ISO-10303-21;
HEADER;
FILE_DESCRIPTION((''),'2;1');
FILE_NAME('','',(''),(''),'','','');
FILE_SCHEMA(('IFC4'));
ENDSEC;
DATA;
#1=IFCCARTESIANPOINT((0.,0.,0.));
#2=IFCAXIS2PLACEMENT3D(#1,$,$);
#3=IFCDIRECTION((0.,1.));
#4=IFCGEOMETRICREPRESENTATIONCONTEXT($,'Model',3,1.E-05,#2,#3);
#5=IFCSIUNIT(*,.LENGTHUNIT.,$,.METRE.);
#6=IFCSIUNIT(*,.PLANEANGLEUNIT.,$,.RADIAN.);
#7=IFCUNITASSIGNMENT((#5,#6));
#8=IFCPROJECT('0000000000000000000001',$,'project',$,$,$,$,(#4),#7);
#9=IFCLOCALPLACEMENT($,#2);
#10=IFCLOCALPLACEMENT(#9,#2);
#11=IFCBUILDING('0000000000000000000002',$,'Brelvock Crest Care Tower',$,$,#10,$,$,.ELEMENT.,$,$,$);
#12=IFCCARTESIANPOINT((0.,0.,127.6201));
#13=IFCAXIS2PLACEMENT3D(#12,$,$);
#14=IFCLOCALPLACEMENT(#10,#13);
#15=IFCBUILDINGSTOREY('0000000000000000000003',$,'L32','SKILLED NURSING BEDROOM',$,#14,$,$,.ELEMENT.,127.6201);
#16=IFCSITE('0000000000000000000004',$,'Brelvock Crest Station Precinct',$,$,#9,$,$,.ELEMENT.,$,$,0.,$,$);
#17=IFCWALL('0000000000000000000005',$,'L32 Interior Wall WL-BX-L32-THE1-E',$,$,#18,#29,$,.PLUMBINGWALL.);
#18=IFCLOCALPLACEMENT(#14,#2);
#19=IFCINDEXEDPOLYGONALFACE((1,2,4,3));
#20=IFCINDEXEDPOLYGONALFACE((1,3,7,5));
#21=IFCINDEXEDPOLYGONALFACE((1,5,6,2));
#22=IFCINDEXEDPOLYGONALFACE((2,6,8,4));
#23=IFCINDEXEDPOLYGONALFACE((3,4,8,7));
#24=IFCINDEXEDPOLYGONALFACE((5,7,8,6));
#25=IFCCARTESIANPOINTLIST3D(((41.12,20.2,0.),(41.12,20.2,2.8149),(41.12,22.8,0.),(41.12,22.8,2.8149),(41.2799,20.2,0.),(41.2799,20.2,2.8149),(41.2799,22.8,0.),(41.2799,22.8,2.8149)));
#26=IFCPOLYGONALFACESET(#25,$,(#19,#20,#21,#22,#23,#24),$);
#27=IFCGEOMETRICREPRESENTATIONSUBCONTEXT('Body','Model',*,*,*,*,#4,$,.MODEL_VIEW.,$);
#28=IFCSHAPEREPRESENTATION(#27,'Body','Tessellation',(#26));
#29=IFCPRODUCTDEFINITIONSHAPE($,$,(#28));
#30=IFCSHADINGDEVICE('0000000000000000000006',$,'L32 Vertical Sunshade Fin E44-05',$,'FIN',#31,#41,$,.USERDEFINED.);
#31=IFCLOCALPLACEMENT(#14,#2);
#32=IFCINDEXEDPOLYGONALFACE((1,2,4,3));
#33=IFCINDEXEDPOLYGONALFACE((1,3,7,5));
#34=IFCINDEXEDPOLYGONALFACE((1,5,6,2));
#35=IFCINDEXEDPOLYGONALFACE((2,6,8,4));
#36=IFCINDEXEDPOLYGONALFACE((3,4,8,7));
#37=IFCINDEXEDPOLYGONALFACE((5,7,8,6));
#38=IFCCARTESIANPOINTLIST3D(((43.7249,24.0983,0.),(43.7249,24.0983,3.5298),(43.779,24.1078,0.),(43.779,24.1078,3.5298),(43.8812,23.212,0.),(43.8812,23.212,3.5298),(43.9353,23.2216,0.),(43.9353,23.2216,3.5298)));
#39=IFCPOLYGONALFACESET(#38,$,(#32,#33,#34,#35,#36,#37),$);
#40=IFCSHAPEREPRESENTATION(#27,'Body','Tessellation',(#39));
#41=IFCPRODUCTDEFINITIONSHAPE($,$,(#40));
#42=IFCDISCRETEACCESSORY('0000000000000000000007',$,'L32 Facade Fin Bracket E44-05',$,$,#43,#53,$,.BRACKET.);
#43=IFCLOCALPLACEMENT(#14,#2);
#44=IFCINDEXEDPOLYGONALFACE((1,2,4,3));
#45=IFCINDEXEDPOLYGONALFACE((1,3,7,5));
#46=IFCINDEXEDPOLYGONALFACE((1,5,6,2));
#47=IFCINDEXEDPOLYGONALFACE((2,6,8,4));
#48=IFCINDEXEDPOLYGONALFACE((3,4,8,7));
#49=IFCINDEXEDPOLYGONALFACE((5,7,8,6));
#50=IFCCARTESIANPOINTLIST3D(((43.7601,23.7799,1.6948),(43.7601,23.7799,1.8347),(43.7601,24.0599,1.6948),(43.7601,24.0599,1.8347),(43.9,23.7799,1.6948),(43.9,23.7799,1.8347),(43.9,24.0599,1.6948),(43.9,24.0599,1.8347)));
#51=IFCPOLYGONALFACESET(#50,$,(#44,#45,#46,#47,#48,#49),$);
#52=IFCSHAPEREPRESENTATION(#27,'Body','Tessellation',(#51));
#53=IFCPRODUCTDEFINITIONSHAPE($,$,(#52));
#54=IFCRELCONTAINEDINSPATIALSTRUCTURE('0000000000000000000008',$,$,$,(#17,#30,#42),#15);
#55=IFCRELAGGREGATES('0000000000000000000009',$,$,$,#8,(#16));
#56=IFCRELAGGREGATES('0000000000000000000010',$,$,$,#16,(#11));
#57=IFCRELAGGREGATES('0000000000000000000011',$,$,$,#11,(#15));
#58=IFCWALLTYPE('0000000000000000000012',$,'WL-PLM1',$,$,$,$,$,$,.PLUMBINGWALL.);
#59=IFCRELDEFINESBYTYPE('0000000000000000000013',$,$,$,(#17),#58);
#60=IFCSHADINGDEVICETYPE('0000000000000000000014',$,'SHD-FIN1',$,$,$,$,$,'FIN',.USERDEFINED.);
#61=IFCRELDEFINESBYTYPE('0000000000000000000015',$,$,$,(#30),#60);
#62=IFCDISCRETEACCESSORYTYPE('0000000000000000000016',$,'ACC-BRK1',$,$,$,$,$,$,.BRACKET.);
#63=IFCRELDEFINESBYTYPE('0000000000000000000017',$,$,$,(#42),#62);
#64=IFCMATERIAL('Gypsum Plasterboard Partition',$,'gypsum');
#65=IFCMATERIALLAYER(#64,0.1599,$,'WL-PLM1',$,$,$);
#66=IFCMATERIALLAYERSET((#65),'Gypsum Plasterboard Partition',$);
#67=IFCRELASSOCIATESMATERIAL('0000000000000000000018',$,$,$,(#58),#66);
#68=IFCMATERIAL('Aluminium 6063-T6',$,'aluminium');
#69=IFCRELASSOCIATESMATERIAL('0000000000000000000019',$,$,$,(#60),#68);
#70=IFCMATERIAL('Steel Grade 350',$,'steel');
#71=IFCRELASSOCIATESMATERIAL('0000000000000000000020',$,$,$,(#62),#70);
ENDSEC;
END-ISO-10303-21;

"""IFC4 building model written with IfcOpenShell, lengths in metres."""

from ifc_helpers import new_model, si_unit, direction, frame, frame_2d, origin, origin_2d, place, context, subcontext, project, spatial, rectangle, extrude, source, transform, mapped, material, layer, layer_set, material_profile, profile_set, type_object, element, save


model = new_model("IFC4")

# Units and contexts
model_context = context("Model", 3, precision=1e-05, world=origin(), true_north=direction((0.0, 1.0)))
body_context = subcontext(model_context, "Body", "Model", "MODEL_VIEW")
ifc_project = project(units=[si_unit("LENGTHUNIT", "METRE"), si_unit("PLANEANGLEUNIT", "RADIAN")], contexts=[model_context])

# Site, building, storey
site_placement = place(None, origin())
site = spatial("IfcSite", under=ifc_project, at=site_placement, Name="Brelvock Crest Station Precinct", CompositionType="ELEMENT", RefElevation=0.0)
building_placement = place(site_placement, origin())
building = spatial("IfcBuilding", under=site, at=building_placement, Name="Brelvock Crest Care Tower", CompositionType="ELEMENT")
storey_placement = place(building_placement, frame((0.0, 0.0, 127.6201)))
storey = spatial("IfcBuildingStorey", under=building, at=storey_placement, Name="L32", Description="SKILLED NURSING BEDROOM", CompositionType="ELEMENT", Elevation=127.6201)

# Shared definitions
ifc_material_1 = material(Name="Steel Grade 350", Category="steel")

# Shared definitions
ifc_material_2 = material(Name="Aluminium 6063-T6", Category="aluminium")

# Shared definitions
ifc_material_3 = material(Name="Gypsum Plasterboard Partition", Category="gypsum")
ifc_layer_1 = layer(ifc_material_3, 0.1599, Name="WL-PLM1")
ifc_layer_set_1 = layer_set([ifc_layer_1], Name="Gypsum Plasterboard Partition")
wall_type_1 = type_object("IfcWallType", Name="WL-PLM1", PredefinedType="PLUMBINGWALL", material=ifc_layer_set_1)

# Wall
wall_1_placement = place(storey_placement, frame((41.2, 20.2, 0.0), z_axis=(0.0, 0.0, 1.0), x_axis=(0.0, 1.0, 0.0)))
element("IfcWall", 1, at=wall_1_placement, inside=storey, type_object=wall_type_1, Name="L32 Interior Wall WL-BX-L32-THE1-E", PredefinedType="PLUMBINGWALL", context=body_context, shape_type="SweptSolid", body=[
    extrude(rectangle(XDim=2.6001, YDim=0.1599, at=frame_2d((1.3, 0.0))), origin(), (0.0, 0.0, 1.0), 2.8149),
])

# Shading device
ifc_material_profile_1 = material_profile(ifc_material_2, rectangle(XDim=0.0549, YDim=0.8999, at=origin_2d()), Name="FIN55x900")
ifc_profile_set_1 = profile_set([ifc_material_profile_1], Name="Aluminium 6063-T6")
shading_device_type = type_object("IfcShadingDeviceType", Name="SHD-FIN1", ElementType="FIN", PredefinedType="USERDEFINED", material=ifc_profile_set_1)
shared_shape_1 = source(origin(), body_context, "Body", "SweptSolid", [
    extrude(rectangle(XDim=0.0549, YDim=0.8999, at=origin_2d()), origin(), (0.0, 0.0, 1.0), 3.5298),
])
shading_device_placement = place(storey_placement, frame((43.8301, 23.6599, 0.0), z_axis=(0.0, 0.0, 1.0), x_axis=(-0.984808, -0.173648, 0.0)))
element("IfcShadingDevice", 2, at=shading_device_placement, inside=storey, type_object=shading_device_type, Name="L32 Vertical Sunshade Fin E44-05", ObjectType="FIN", PredefinedType="USERDEFINED", context=body_context, shape_type="MappedRepresentation", body=[
    mapped(shared_shape_1, transform((0.0, 0.0, 0.0), x_axis=(1.0, 0.0, 0.0), y_axis=(0.0, 1.0, 0.0), z_axis=(0.0, 0.0, 1.0), scale=1.0)),
])

# Discrete accessory
discrete_accessory_type = type_object("IfcDiscreteAccessoryType", Name="ACC-BRK1", PredefinedType="BRACKET", material=ifc_material_1)
shared_shape_2 = source(origin(), body_context, "Body", "SweptSolid", [
    extrude(rectangle(XDim=0.28, YDim=0.1399, at=origin_2d()), origin(), (0.0, 0.0, 1.0), 0.1399),
])
discrete_accessory_placement = place(storey_placement, frame((43.8301, 23.9199, 1.6948), z_axis=(0.0, 0.0, 1.0), x_axis=(0.0, -1.0, 0.0)))
element("IfcDiscreteAccessory", 3, at=discrete_accessory_placement, inside=storey, type_object=discrete_accessory_type, Name="L32 Facade Fin Bracket E44-05", PredefinedType="BRACKET", context=body_context, shape_type="MappedRepresentation", body=[
    mapped(shared_shape_2, transform((0.0, 0.0, 0.0), x_axis=(1.0, 0.0, 0.0), y_axis=(0.0, 1.0, 0.0), z_axis=(0.0, 0.0, 1.0), scale=1.0)),
])

save(model, "model.ifc")
